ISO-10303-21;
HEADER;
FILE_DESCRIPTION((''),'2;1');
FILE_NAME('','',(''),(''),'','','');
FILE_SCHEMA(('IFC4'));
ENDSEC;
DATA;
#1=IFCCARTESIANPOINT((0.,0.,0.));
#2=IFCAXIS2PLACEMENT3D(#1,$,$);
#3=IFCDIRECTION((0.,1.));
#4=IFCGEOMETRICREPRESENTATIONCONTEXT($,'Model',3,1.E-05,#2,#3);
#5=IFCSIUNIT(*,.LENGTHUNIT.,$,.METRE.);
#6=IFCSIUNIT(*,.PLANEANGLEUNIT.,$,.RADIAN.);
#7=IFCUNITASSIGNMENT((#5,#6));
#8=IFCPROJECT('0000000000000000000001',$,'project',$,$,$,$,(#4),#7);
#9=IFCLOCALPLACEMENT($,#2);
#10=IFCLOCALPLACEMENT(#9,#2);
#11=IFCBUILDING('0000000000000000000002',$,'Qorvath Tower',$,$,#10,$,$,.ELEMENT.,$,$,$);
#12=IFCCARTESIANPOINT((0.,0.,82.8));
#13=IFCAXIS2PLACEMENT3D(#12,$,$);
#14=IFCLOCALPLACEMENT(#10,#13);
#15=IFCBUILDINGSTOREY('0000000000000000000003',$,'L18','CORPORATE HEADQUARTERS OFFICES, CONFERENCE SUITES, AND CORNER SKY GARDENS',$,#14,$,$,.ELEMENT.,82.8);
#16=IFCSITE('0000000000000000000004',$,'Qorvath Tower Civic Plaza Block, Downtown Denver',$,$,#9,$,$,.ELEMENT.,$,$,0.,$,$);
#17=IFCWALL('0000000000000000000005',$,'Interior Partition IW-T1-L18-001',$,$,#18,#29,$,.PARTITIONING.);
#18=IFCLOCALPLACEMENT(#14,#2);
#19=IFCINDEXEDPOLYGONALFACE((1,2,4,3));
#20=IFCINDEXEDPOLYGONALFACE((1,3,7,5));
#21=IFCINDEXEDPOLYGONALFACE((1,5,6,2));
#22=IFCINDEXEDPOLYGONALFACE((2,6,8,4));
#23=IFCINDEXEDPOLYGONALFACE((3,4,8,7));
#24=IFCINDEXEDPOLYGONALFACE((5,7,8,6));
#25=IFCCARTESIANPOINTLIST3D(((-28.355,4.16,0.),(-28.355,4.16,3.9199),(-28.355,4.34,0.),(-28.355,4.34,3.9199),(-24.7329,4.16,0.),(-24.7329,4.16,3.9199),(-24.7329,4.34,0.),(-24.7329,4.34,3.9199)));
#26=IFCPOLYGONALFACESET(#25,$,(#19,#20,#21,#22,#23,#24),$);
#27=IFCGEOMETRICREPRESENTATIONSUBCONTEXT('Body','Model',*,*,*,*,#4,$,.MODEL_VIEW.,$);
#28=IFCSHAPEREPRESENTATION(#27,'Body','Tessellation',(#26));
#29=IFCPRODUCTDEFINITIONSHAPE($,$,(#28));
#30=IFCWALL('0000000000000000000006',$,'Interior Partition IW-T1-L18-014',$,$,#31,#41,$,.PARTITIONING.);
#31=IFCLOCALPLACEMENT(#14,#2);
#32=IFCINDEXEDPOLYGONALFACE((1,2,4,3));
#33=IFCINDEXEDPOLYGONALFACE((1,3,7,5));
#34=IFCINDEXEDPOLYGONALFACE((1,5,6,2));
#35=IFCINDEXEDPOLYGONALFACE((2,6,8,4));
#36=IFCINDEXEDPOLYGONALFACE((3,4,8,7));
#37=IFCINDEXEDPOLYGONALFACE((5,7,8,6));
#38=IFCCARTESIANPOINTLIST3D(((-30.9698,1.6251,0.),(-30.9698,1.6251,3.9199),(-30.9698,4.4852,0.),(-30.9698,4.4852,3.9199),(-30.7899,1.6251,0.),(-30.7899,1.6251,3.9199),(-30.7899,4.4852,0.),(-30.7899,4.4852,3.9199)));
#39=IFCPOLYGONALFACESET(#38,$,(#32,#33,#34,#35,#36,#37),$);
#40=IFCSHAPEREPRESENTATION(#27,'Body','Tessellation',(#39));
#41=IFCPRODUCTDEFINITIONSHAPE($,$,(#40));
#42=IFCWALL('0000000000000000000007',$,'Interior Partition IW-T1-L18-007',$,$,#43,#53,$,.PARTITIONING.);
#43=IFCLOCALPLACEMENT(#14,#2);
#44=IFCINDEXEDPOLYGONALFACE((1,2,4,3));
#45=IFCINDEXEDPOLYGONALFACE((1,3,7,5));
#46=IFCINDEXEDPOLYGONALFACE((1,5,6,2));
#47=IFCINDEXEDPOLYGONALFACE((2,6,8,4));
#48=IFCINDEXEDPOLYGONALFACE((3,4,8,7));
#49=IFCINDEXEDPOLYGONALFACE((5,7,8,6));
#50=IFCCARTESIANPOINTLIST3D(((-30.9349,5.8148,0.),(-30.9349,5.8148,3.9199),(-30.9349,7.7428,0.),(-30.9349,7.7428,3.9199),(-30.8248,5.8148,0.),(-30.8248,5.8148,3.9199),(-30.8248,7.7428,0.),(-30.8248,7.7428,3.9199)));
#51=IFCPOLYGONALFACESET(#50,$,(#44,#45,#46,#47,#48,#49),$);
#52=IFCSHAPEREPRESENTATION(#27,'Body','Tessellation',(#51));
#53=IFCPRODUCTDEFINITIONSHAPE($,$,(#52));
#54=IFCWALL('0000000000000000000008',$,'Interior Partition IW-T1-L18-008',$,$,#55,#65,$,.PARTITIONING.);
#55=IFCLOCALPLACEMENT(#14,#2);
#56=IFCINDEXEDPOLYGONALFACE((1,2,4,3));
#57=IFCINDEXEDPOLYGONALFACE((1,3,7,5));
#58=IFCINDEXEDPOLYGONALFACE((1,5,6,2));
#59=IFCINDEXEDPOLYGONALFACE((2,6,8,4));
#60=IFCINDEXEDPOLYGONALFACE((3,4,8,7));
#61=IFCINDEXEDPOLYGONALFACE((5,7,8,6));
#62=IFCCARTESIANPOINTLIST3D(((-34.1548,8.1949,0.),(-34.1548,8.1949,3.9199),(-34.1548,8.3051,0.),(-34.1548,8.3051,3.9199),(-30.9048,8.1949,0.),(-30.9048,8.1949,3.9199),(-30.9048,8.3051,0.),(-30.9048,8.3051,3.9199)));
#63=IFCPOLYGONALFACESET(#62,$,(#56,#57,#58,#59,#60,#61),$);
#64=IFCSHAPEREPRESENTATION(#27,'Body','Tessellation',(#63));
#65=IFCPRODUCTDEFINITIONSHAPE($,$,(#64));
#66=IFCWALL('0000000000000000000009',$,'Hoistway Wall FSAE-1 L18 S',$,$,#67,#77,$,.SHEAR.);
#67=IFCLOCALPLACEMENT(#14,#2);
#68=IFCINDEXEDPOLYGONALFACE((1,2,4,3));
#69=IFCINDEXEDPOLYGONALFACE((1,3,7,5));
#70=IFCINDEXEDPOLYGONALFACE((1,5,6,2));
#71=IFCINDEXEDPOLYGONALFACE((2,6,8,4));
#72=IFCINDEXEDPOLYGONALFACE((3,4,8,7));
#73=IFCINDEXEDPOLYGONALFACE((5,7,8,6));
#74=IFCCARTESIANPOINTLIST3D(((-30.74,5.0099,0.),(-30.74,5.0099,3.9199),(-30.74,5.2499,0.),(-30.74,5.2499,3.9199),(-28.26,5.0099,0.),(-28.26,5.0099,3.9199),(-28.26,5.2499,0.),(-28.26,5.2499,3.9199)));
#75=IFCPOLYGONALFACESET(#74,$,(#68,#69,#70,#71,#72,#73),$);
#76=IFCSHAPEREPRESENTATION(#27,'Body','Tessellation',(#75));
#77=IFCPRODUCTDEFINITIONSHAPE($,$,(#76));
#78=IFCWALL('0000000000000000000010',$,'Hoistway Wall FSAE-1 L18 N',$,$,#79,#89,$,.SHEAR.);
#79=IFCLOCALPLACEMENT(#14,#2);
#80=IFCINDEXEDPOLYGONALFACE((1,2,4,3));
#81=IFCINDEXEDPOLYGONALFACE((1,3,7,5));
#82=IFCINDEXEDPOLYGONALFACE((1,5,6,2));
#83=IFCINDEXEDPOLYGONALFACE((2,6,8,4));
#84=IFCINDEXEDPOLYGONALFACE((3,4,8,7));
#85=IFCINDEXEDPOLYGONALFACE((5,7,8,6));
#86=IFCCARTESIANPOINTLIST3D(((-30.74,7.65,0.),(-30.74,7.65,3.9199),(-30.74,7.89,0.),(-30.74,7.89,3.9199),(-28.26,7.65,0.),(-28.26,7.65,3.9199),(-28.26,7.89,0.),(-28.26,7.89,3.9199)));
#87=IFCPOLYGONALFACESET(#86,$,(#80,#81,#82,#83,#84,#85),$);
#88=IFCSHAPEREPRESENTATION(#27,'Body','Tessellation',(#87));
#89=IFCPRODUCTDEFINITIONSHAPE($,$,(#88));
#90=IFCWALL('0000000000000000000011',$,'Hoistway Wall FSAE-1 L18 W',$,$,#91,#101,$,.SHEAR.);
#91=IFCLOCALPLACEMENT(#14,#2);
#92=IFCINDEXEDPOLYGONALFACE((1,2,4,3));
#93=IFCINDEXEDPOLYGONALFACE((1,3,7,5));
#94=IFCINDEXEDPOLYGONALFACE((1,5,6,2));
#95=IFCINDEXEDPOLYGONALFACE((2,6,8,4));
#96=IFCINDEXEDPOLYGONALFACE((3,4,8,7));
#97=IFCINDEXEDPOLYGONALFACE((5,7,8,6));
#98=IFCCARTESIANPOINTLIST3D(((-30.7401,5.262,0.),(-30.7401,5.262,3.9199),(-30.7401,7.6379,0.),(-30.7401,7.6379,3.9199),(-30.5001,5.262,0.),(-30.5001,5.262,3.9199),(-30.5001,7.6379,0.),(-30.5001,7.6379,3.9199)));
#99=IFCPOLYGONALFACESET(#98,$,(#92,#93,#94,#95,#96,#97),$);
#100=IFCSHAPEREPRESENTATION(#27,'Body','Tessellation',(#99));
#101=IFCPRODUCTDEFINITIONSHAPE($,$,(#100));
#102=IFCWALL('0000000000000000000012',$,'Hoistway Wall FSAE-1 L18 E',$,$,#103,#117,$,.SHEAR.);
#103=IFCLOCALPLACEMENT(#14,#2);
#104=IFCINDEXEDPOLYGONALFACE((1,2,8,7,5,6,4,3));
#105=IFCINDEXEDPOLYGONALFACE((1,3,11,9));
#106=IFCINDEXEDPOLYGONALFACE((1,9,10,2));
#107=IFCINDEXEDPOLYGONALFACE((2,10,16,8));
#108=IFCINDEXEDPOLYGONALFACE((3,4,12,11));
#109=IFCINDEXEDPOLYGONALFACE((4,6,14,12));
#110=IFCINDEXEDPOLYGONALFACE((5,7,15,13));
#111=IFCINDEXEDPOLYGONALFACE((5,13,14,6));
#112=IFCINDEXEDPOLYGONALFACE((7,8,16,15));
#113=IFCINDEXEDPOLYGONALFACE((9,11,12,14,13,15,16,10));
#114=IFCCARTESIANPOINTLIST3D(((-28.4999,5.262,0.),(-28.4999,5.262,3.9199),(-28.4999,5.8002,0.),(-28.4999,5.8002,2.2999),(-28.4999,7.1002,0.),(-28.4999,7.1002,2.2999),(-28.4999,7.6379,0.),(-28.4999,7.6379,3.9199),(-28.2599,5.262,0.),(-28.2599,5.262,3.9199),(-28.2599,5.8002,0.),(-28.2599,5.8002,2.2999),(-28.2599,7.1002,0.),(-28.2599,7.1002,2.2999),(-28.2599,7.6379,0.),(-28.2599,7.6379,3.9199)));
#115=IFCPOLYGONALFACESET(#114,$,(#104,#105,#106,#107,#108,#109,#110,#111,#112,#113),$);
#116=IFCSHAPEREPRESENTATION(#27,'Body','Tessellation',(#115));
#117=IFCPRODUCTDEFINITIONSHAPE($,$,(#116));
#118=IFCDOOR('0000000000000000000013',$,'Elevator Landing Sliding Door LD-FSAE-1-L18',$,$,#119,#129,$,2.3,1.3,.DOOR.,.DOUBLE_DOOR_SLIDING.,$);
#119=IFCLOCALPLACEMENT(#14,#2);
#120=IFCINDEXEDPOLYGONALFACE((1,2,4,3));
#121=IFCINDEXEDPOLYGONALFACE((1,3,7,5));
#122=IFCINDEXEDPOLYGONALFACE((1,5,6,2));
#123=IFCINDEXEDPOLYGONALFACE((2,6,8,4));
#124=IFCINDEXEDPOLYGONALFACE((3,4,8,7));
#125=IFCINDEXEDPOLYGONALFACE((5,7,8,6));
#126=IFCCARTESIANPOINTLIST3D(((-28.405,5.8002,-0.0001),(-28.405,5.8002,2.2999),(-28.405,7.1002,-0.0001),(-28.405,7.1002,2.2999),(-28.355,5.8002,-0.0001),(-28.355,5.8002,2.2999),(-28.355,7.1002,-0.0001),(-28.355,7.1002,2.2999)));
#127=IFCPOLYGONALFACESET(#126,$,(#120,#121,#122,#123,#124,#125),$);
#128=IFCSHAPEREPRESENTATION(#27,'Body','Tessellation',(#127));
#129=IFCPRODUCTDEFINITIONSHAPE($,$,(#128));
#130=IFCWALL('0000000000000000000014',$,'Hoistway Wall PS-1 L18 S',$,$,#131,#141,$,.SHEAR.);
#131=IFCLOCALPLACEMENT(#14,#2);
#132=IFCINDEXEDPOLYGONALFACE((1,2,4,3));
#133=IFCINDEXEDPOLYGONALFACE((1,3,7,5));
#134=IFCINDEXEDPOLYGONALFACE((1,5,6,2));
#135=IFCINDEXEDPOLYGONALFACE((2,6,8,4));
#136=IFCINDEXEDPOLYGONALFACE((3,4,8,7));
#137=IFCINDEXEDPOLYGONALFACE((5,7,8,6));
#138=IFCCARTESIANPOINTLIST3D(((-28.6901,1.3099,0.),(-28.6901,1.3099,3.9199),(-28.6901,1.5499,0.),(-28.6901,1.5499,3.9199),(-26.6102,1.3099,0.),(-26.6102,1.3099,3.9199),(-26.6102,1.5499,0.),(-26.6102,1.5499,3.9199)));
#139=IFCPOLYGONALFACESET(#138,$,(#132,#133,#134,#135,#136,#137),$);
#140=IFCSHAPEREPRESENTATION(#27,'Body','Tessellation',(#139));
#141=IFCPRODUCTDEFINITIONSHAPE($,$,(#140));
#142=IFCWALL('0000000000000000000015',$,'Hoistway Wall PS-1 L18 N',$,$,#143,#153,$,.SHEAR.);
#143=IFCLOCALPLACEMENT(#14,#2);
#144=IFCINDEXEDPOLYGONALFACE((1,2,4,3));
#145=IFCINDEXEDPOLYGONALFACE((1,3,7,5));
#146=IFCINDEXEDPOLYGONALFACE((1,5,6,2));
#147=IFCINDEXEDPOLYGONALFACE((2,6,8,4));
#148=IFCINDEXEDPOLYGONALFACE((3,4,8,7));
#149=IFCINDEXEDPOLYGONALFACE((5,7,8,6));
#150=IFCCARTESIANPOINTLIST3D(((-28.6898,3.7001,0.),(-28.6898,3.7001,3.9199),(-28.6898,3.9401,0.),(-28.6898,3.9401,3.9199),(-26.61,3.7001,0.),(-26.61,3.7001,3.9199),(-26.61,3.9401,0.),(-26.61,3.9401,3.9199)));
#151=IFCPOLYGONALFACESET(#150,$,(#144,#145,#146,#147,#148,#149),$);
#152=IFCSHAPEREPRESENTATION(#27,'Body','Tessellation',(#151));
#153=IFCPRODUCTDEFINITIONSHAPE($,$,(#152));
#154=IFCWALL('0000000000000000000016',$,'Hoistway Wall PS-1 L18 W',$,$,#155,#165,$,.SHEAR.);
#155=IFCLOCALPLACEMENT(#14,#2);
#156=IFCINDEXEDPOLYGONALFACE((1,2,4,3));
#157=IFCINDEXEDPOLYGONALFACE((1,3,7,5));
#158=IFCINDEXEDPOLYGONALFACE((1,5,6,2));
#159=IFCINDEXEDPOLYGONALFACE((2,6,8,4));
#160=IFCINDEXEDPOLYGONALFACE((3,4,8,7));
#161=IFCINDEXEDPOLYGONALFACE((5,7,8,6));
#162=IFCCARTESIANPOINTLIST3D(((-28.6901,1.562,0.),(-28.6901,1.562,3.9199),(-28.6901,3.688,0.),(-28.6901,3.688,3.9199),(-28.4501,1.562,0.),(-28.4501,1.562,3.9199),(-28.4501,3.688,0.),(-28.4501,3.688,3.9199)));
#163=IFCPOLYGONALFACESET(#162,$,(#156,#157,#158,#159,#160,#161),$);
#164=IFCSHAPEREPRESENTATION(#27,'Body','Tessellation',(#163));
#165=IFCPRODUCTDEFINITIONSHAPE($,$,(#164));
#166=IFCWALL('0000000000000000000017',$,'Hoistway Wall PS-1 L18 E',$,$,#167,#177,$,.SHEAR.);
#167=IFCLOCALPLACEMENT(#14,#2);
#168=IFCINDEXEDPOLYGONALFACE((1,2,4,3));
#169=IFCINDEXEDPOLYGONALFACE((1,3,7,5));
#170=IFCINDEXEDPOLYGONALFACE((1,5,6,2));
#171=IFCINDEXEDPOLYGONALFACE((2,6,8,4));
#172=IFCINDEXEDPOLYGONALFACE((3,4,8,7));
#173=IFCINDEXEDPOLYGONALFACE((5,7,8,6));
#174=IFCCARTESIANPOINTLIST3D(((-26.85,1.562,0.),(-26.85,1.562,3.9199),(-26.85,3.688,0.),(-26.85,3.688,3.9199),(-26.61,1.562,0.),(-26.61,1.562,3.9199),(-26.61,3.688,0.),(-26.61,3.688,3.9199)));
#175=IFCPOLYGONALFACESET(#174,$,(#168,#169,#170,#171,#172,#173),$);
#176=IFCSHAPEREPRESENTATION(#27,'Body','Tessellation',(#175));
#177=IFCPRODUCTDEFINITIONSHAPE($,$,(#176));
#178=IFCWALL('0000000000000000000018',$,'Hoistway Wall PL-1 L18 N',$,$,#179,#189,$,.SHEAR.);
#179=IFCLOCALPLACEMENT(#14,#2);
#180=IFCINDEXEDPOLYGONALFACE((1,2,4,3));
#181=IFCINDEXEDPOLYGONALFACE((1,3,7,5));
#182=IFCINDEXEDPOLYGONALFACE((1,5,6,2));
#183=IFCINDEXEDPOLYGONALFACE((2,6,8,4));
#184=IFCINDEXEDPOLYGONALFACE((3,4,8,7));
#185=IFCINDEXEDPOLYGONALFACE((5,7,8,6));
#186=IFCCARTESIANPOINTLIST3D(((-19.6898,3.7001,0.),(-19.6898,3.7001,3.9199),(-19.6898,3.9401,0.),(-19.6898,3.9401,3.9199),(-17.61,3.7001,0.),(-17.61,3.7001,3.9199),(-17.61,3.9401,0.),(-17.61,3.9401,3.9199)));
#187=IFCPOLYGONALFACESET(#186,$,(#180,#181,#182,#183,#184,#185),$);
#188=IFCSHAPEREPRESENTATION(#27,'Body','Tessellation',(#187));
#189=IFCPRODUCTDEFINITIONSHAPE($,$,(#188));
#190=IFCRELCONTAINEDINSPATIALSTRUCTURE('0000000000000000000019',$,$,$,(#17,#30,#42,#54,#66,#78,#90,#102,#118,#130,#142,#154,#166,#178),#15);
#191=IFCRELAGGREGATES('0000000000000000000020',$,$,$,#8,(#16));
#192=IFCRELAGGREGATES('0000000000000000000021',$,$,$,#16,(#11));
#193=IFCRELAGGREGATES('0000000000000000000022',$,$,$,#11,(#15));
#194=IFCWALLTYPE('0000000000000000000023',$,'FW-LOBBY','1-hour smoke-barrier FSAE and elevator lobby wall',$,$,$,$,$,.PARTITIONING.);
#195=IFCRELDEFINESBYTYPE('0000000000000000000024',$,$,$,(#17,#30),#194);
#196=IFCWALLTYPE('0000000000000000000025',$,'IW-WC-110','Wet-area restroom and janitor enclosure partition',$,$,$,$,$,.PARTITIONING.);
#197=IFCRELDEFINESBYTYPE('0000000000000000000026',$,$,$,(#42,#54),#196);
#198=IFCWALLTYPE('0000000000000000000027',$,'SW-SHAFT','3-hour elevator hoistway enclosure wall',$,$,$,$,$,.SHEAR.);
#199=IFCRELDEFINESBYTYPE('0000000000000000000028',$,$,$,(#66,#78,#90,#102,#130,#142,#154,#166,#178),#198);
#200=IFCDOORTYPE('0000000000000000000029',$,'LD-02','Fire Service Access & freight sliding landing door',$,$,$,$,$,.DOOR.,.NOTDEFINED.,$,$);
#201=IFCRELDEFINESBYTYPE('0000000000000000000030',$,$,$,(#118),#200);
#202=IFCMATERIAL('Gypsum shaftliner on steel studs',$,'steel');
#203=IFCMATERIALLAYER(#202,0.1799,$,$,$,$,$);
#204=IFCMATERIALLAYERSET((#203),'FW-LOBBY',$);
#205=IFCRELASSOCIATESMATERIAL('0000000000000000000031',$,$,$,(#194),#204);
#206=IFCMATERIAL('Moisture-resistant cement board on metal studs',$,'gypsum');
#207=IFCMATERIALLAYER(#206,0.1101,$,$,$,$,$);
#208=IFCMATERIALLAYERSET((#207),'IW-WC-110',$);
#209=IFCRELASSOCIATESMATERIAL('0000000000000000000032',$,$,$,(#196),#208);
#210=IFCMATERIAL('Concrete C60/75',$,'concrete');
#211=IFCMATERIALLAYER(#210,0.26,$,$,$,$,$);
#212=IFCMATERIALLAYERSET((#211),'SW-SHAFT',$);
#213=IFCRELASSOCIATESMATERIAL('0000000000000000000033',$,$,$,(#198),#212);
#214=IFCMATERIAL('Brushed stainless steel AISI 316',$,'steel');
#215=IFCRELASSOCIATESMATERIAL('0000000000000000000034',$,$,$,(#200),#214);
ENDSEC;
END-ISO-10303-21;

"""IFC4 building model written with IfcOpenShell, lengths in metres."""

from ifc_helpers import new_model, si_unit, direction, frame, frame_2d, origin, place, context, subcontext, project, spatial, rectangle, extrude, material, layer, layer_set, type_object, element, fill, save


model = new_model("IFC4")

# Units and contexts
model_context = context("Model", 3, precision=1e-05, world=origin(), true_north=direction((0.0, 1.0)))
body_context = subcontext(model_context, "Body", "Model", "MODEL_VIEW")
ifc_project = project(units=[si_unit("LENGTHUNIT", "METRE"), si_unit("PLANEANGLEUNIT", "RADIAN")], contexts=[model_context])

# Site, building, storey
site_placement = place(None, origin())
site = spatial("IfcSite", under=ifc_project, at=site_placement, Name="Qorvath Tower Civic Plaza Block, Downtown Denver", CompositionType="ELEMENT", RefElevation=0.0)
building_placement = place(site_placement, origin())
building = spatial("IfcBuilding", under=site, at=building_placement, Name="Qorvath Tower", CompositionType="ELEMENT")
storey_placement = place(building_placement, frame((0.0, 0.0, 82.8)))
storey = spatial("IfcBuildingStorey", under=building, at=storey_placement, Name="L18", Description="CORPORATE HEADQUARTERS OFFICES, CONFERENCE SUITES, AND CORNER SKY GARDENS", CompositionType="ELEMENT", Elevation=82.8)

# Wall
ifc_material_1 = material(Name="Gypsum shaftliner on steel studs", Category="steel")
ifc_layer_1 = layer(ifc_material_1, 0.1799)
ifc_layer_set_1 = layer_set([ifc_layer_1], Name="FW-LOBBY")
wall_type_1 = type_object("IfcWallType", Name="FW-LOBBY", Description="1-hour smoke-barrier FSAE and elevator lobby wall", PredefinedType="PARTITIONING", material=ifc_layer_set_1)
wall_1_placement = place(storey_placement, frame((-28.355, 4.25, 0.0), z_axis=(0.0, 0.0, 1.0), x_axis=(1.0, 0.0, 0.0)))
element("IfcWall", 1, at=wall_1_placement, inside=storey, type_object=wall_type_1, Name="Interior Partition IW-T1-L18-001", PredefinedType="PARTITIONING", context=body_context, shape_type="SweptSolid", body=[
    extrude(rectangle(XDim=3.6221, YDim=0.1799, at=frame_2d((1.811, 0.0))), origin(), (0.0, 0.0, 1.0), 3.9199),
])

# Walls
wall_2_placement = place(storey_placement, frame((-30.8799, 1.625, 0.0), z_axis=(0.0, 0.0, 1.0), x_axis=(0.0, 1.0, 0.0)))
element("IfcWall", 2, at=wall_2_placement, inside=storey, type_object=wall_type_1, Name="Interior Partition IW-T1-L18-014", PredefinedType="PARTITIONING", context=body_context, shape_type="SweptSolid", body=[
    extrude(rectangle(XDim=2.8601, YDim=0.1799, at=frame_2d((1.4302, 0.0))), origin(), (0.0, 0.0, 1.0), 3.9199),
])
ifc_material_2 = material(Name="Moisture-resistant cement board on metal studs", Category="gypsum")
ifc_layer_2 = layer(ifc_material_2, 0.1101)
ifc_layer_set_2 = layer_set([ifc_layer_2], Name="IW-WC-110")
wall_type_2 = type_object("IfcWallType", Name="IW-WC-110", Description="Wet-area restroom and janitor enclosure partition", PredefinedType="PARTITIONING", material=ifc_layer_set_2)
wall_3_placement = place(storey_placement, frame((-30.8799, 5.8149, 0.0), z_axis=(0.0, 0.0, 1.0), x_axis=(0.0, 1.0, 0.0)))
element("IfcWall", 3, at=wall_3_placement, inside=storey, type_object=wall_type_2, Name="Interior Partition IW-T1-L18-007", PredefinedType="PARTITIONING", context=body_context, shape_type="SweptSolid", body=[
    extrude(rectangle(XDim=1.928, YDim=0.1101, at=frame_2d((0.9639, 0.0))), origin(), (0.0, 0.0, 1.0), 3.9199),
])
wall_4_placement = place(storey_placement, frame((-30.9048, 8.25, 0.0), z_axis=(0.0, 0.0, 1.0), x_axis=(-1.0, 0.0, 0.0)))
element("IfcWall", 4, at=wall_4_placement, inside=storey, type_object=wall_type_2, Name="Interior Partition IW-T1-L18-008", PredefinedType="PARTITIONING", context=body_context, shape_type="SweptSolid", body=[
    extrude(rectangle(XDim=3.25, YDim=0.1101, at=frame_2d((1.625, 0.0))), origin(), (0.0, 0.0, 1.0), 3.9199),
])
ifc_material_3 = material(Name="Concrete C60/75", Category="concrete")
ifc_layer_3 = layer(ifc_material_3, 0.26)
ifc_layer_set_3 = layer_set([ifc_layer_3], Name="SW-SHAFT")
wall_type_3 = type_object("IfcWallType", Name="SW-SHAFT", Description="3-hour elevator hoistway enclosure wall", PredefinedType="SHEAR", material=ifc_layer_set_3)
for number, where, z_axis, x_axis, name in (
    (5, (-28.26, 5.1299, 0.0), (0.0, 0.0, 1.0), (-1.0, 0.0, 0.0), "Hoistway Wall FSAE-1 L18 S"),
    (6, (-30.74, 7.77, 0.0), (0.0, 0.0, 1.0), (1.0, 0.0, 0.0), "Hoistway Wall FSAE-1 L18 N"),
):
    element("IfcWall", number, at=place(storey_placement, frame(where, z_axis=z_axis, x_axis=x_axis)), inside=storey, type_object=wall_type_3, Name=name, PredefinedType="SHEAR", context=body_context, shape_type="SweptSolid", body=[
        extrude(rectangle(XDim=2.48, YDim=0.24, at=frame_2d((1.24, 0.0))), origin(), (0.0, 0.0, 1.0), 3.9199),
    ])
wall_5_placement = place(storey_placement, frame((-30.6201, 5.262, 0.0), z_axis=(0.0, 0.0, 1.0), x_axis=(0.0, 1.0, 0.0)))
element("IfcWall", 7, at=wall_5_placement, inside=storey, type_object=wall_type_3, Name="Hoistway Wall FSAE-1 L18 W", PredefinedType="SHEAR", context=body_context, shape_type="SweptSolid", body=[
    extrude(rectangle(XDim=2.376, YDim=0.24, at=frame_2d((1.188, 0.0))), origin(), (0.0, 0.0, 1.0), 3.9199),
])

# Wall, opening, door
wall_6_placement = place(storey_placement, frame((-28.3799, 7.6379, 0.0), z_axis=(0.0, 0.0, 1.0), x_axis=(0.0, -1.0, 0.0)))
wall_6 = element("IfcWall", 8, at=wall_6_placement, inside=storey, type_object=wall_type_3, Name="Hoistway Wall FSAE-1 L18 E", PredefinedType="SHEAR", context=body_context, shape_type="SweptSolid", body=[
    extrude(rectangle(XDim=2.376, YDim=0.24, at=frame_2d((1.188, 0.0))), origin(), (0.0, 0.0, 1.0), 3.9199),
])
opening_1_placement = place(wall_6_placement, frame((0.5378, 0.0, 0.0)))
opening_1 = element("IfcOpeningElement", 9, at=opening_1_placement, cuts=wall_6, PredefinedType="OPENING", context=body_context, shape_type="SweptSolid", body=[
    extrude(rectangle(XDim=1.3, YDim=2.3, at=frame_2d((0.6499, 1.1499))), frame((0.0, 0.1299, 0.0), z_axis=(0.0, -1.0, 0.0), x_axis=(1.0, 0.0, 0.0)), (0.0, 0.0, 1.0), 0.26),
])
ifc_material_4 = material(Name="Brushed stainless steel AISI 316", Category="steel")
door_type_1 = type_object("IfcDoorType", Name="LD-02", Description="Fire Service Access & freight sliding landing door", OperationType="NOTDEFINED", PredefinedType="DOOR", material=ifc_material_4)
door_1_placement = place(opening_1_placement, origin())
door_1 = element("IfcDoor", 10, at=door_1_placement, inside=storey, type_object=door_type_1, Name="Elevator Landing Sliding Door LD-FSAE-1-L18", OperationType="DOUBLE_DOOR_SLIDING", OverallHeight=2.3, OverallWidth=1.3, PredefinedType="DOOR", context=body_context, shape_type="SweptSolid", body=[
    extrude(rectangle(XDim=1.3, YDim=2.3, at=frame_2d((0.6499, 1.1499))), frame((0.0, 0.0249, 0.0), z_axis=(0.0, -1.0, 0.0), x_axis=(1.0, 0.0, 0.0)), (0.0, 0.0, 1.0), 0.05),
])
fill(opening_1, door_1)

# Walls
for number, where, z_axis, x_axis, name in (
    (11, (-26.6101, 1.4299, 0.0), (0.0, 0.0, 1.0), (-1.0, 0.0, 0.0), "Hoistway Wall PS-1 L18 S"),
    (12, (-28.6899, 3.8201, 0.0), (0.0, 0.0, 1.0), (1.0, 0.0, 0.0), "Hoistway Wall PS-1 L18 N"),
):
    element("IfcWall", number, at=place(storey_placement, frame(where, z_axis=z_axis, x_axis=x_axis)), inside=storey, type_object=wall_type_3, Name=name, PredefinedType="SHEAR", context=body_context, shape_type="SweptSolid", body=[
        extrude(rectangle(XDim=2.0798, YDim=0.24, at=frame_2d((1.04, 0.0))), origin(), (0.0, 0.0, 1.0), 3.9199),
    ])
for number, where, z_axis, x_axis, name in (
    (13, (-28.5701, 1.562, 0.0), (0.0, 0.0, 1.0), (0.0, 1.0, 0.0), "Hoistway Wall PS-1 L18 W"),
    (14, (-26.73, 3.688, 0.0), (0.0, 0.0, 1.0), (0.0, -1.0, 0.0), "Hoistway Wall PS-1 L18 E"),
):
    element("IfcWall", number, at=place(storey_placement, frame(where, z_axis=z_axis, x_axis=x_axis)), inside=storey, type_object=wall_type_3, Name=name, PredefinedType="SHEAR", context=body_context, shape_type="SweptSolid", body=[
        extrude(rectangle(XDim=2.126, YDim=0.24, at=frame_2d((1.063, 0.0))), origin(), (0.0, 0.0, 1.0), 3.9199),
    ])
wall_7_placement = place(storey_placement, frame((-19.6899, 3.8201, 0.0), z_axis=(0.0, 0.0, 1.0), x_axis=(1.0, 0.0, 0.0)))
element("IfcWall", 15, at=wall_7_placement, inside=storey, type_object=wall_type_3, Name="Hoistway Wall PL-1 L18 N", PredefinedType="SHEAR", context=body_context, shape_type="SweptSolid", body=[
    extrude(rectangle(XDim=2.0798, YDim=0.24, at=frame_2d((1.04, 0.0))), origin(), (0.0, 0.0, 1.0), 3.9199),
])

save(model, "model.ifc")
